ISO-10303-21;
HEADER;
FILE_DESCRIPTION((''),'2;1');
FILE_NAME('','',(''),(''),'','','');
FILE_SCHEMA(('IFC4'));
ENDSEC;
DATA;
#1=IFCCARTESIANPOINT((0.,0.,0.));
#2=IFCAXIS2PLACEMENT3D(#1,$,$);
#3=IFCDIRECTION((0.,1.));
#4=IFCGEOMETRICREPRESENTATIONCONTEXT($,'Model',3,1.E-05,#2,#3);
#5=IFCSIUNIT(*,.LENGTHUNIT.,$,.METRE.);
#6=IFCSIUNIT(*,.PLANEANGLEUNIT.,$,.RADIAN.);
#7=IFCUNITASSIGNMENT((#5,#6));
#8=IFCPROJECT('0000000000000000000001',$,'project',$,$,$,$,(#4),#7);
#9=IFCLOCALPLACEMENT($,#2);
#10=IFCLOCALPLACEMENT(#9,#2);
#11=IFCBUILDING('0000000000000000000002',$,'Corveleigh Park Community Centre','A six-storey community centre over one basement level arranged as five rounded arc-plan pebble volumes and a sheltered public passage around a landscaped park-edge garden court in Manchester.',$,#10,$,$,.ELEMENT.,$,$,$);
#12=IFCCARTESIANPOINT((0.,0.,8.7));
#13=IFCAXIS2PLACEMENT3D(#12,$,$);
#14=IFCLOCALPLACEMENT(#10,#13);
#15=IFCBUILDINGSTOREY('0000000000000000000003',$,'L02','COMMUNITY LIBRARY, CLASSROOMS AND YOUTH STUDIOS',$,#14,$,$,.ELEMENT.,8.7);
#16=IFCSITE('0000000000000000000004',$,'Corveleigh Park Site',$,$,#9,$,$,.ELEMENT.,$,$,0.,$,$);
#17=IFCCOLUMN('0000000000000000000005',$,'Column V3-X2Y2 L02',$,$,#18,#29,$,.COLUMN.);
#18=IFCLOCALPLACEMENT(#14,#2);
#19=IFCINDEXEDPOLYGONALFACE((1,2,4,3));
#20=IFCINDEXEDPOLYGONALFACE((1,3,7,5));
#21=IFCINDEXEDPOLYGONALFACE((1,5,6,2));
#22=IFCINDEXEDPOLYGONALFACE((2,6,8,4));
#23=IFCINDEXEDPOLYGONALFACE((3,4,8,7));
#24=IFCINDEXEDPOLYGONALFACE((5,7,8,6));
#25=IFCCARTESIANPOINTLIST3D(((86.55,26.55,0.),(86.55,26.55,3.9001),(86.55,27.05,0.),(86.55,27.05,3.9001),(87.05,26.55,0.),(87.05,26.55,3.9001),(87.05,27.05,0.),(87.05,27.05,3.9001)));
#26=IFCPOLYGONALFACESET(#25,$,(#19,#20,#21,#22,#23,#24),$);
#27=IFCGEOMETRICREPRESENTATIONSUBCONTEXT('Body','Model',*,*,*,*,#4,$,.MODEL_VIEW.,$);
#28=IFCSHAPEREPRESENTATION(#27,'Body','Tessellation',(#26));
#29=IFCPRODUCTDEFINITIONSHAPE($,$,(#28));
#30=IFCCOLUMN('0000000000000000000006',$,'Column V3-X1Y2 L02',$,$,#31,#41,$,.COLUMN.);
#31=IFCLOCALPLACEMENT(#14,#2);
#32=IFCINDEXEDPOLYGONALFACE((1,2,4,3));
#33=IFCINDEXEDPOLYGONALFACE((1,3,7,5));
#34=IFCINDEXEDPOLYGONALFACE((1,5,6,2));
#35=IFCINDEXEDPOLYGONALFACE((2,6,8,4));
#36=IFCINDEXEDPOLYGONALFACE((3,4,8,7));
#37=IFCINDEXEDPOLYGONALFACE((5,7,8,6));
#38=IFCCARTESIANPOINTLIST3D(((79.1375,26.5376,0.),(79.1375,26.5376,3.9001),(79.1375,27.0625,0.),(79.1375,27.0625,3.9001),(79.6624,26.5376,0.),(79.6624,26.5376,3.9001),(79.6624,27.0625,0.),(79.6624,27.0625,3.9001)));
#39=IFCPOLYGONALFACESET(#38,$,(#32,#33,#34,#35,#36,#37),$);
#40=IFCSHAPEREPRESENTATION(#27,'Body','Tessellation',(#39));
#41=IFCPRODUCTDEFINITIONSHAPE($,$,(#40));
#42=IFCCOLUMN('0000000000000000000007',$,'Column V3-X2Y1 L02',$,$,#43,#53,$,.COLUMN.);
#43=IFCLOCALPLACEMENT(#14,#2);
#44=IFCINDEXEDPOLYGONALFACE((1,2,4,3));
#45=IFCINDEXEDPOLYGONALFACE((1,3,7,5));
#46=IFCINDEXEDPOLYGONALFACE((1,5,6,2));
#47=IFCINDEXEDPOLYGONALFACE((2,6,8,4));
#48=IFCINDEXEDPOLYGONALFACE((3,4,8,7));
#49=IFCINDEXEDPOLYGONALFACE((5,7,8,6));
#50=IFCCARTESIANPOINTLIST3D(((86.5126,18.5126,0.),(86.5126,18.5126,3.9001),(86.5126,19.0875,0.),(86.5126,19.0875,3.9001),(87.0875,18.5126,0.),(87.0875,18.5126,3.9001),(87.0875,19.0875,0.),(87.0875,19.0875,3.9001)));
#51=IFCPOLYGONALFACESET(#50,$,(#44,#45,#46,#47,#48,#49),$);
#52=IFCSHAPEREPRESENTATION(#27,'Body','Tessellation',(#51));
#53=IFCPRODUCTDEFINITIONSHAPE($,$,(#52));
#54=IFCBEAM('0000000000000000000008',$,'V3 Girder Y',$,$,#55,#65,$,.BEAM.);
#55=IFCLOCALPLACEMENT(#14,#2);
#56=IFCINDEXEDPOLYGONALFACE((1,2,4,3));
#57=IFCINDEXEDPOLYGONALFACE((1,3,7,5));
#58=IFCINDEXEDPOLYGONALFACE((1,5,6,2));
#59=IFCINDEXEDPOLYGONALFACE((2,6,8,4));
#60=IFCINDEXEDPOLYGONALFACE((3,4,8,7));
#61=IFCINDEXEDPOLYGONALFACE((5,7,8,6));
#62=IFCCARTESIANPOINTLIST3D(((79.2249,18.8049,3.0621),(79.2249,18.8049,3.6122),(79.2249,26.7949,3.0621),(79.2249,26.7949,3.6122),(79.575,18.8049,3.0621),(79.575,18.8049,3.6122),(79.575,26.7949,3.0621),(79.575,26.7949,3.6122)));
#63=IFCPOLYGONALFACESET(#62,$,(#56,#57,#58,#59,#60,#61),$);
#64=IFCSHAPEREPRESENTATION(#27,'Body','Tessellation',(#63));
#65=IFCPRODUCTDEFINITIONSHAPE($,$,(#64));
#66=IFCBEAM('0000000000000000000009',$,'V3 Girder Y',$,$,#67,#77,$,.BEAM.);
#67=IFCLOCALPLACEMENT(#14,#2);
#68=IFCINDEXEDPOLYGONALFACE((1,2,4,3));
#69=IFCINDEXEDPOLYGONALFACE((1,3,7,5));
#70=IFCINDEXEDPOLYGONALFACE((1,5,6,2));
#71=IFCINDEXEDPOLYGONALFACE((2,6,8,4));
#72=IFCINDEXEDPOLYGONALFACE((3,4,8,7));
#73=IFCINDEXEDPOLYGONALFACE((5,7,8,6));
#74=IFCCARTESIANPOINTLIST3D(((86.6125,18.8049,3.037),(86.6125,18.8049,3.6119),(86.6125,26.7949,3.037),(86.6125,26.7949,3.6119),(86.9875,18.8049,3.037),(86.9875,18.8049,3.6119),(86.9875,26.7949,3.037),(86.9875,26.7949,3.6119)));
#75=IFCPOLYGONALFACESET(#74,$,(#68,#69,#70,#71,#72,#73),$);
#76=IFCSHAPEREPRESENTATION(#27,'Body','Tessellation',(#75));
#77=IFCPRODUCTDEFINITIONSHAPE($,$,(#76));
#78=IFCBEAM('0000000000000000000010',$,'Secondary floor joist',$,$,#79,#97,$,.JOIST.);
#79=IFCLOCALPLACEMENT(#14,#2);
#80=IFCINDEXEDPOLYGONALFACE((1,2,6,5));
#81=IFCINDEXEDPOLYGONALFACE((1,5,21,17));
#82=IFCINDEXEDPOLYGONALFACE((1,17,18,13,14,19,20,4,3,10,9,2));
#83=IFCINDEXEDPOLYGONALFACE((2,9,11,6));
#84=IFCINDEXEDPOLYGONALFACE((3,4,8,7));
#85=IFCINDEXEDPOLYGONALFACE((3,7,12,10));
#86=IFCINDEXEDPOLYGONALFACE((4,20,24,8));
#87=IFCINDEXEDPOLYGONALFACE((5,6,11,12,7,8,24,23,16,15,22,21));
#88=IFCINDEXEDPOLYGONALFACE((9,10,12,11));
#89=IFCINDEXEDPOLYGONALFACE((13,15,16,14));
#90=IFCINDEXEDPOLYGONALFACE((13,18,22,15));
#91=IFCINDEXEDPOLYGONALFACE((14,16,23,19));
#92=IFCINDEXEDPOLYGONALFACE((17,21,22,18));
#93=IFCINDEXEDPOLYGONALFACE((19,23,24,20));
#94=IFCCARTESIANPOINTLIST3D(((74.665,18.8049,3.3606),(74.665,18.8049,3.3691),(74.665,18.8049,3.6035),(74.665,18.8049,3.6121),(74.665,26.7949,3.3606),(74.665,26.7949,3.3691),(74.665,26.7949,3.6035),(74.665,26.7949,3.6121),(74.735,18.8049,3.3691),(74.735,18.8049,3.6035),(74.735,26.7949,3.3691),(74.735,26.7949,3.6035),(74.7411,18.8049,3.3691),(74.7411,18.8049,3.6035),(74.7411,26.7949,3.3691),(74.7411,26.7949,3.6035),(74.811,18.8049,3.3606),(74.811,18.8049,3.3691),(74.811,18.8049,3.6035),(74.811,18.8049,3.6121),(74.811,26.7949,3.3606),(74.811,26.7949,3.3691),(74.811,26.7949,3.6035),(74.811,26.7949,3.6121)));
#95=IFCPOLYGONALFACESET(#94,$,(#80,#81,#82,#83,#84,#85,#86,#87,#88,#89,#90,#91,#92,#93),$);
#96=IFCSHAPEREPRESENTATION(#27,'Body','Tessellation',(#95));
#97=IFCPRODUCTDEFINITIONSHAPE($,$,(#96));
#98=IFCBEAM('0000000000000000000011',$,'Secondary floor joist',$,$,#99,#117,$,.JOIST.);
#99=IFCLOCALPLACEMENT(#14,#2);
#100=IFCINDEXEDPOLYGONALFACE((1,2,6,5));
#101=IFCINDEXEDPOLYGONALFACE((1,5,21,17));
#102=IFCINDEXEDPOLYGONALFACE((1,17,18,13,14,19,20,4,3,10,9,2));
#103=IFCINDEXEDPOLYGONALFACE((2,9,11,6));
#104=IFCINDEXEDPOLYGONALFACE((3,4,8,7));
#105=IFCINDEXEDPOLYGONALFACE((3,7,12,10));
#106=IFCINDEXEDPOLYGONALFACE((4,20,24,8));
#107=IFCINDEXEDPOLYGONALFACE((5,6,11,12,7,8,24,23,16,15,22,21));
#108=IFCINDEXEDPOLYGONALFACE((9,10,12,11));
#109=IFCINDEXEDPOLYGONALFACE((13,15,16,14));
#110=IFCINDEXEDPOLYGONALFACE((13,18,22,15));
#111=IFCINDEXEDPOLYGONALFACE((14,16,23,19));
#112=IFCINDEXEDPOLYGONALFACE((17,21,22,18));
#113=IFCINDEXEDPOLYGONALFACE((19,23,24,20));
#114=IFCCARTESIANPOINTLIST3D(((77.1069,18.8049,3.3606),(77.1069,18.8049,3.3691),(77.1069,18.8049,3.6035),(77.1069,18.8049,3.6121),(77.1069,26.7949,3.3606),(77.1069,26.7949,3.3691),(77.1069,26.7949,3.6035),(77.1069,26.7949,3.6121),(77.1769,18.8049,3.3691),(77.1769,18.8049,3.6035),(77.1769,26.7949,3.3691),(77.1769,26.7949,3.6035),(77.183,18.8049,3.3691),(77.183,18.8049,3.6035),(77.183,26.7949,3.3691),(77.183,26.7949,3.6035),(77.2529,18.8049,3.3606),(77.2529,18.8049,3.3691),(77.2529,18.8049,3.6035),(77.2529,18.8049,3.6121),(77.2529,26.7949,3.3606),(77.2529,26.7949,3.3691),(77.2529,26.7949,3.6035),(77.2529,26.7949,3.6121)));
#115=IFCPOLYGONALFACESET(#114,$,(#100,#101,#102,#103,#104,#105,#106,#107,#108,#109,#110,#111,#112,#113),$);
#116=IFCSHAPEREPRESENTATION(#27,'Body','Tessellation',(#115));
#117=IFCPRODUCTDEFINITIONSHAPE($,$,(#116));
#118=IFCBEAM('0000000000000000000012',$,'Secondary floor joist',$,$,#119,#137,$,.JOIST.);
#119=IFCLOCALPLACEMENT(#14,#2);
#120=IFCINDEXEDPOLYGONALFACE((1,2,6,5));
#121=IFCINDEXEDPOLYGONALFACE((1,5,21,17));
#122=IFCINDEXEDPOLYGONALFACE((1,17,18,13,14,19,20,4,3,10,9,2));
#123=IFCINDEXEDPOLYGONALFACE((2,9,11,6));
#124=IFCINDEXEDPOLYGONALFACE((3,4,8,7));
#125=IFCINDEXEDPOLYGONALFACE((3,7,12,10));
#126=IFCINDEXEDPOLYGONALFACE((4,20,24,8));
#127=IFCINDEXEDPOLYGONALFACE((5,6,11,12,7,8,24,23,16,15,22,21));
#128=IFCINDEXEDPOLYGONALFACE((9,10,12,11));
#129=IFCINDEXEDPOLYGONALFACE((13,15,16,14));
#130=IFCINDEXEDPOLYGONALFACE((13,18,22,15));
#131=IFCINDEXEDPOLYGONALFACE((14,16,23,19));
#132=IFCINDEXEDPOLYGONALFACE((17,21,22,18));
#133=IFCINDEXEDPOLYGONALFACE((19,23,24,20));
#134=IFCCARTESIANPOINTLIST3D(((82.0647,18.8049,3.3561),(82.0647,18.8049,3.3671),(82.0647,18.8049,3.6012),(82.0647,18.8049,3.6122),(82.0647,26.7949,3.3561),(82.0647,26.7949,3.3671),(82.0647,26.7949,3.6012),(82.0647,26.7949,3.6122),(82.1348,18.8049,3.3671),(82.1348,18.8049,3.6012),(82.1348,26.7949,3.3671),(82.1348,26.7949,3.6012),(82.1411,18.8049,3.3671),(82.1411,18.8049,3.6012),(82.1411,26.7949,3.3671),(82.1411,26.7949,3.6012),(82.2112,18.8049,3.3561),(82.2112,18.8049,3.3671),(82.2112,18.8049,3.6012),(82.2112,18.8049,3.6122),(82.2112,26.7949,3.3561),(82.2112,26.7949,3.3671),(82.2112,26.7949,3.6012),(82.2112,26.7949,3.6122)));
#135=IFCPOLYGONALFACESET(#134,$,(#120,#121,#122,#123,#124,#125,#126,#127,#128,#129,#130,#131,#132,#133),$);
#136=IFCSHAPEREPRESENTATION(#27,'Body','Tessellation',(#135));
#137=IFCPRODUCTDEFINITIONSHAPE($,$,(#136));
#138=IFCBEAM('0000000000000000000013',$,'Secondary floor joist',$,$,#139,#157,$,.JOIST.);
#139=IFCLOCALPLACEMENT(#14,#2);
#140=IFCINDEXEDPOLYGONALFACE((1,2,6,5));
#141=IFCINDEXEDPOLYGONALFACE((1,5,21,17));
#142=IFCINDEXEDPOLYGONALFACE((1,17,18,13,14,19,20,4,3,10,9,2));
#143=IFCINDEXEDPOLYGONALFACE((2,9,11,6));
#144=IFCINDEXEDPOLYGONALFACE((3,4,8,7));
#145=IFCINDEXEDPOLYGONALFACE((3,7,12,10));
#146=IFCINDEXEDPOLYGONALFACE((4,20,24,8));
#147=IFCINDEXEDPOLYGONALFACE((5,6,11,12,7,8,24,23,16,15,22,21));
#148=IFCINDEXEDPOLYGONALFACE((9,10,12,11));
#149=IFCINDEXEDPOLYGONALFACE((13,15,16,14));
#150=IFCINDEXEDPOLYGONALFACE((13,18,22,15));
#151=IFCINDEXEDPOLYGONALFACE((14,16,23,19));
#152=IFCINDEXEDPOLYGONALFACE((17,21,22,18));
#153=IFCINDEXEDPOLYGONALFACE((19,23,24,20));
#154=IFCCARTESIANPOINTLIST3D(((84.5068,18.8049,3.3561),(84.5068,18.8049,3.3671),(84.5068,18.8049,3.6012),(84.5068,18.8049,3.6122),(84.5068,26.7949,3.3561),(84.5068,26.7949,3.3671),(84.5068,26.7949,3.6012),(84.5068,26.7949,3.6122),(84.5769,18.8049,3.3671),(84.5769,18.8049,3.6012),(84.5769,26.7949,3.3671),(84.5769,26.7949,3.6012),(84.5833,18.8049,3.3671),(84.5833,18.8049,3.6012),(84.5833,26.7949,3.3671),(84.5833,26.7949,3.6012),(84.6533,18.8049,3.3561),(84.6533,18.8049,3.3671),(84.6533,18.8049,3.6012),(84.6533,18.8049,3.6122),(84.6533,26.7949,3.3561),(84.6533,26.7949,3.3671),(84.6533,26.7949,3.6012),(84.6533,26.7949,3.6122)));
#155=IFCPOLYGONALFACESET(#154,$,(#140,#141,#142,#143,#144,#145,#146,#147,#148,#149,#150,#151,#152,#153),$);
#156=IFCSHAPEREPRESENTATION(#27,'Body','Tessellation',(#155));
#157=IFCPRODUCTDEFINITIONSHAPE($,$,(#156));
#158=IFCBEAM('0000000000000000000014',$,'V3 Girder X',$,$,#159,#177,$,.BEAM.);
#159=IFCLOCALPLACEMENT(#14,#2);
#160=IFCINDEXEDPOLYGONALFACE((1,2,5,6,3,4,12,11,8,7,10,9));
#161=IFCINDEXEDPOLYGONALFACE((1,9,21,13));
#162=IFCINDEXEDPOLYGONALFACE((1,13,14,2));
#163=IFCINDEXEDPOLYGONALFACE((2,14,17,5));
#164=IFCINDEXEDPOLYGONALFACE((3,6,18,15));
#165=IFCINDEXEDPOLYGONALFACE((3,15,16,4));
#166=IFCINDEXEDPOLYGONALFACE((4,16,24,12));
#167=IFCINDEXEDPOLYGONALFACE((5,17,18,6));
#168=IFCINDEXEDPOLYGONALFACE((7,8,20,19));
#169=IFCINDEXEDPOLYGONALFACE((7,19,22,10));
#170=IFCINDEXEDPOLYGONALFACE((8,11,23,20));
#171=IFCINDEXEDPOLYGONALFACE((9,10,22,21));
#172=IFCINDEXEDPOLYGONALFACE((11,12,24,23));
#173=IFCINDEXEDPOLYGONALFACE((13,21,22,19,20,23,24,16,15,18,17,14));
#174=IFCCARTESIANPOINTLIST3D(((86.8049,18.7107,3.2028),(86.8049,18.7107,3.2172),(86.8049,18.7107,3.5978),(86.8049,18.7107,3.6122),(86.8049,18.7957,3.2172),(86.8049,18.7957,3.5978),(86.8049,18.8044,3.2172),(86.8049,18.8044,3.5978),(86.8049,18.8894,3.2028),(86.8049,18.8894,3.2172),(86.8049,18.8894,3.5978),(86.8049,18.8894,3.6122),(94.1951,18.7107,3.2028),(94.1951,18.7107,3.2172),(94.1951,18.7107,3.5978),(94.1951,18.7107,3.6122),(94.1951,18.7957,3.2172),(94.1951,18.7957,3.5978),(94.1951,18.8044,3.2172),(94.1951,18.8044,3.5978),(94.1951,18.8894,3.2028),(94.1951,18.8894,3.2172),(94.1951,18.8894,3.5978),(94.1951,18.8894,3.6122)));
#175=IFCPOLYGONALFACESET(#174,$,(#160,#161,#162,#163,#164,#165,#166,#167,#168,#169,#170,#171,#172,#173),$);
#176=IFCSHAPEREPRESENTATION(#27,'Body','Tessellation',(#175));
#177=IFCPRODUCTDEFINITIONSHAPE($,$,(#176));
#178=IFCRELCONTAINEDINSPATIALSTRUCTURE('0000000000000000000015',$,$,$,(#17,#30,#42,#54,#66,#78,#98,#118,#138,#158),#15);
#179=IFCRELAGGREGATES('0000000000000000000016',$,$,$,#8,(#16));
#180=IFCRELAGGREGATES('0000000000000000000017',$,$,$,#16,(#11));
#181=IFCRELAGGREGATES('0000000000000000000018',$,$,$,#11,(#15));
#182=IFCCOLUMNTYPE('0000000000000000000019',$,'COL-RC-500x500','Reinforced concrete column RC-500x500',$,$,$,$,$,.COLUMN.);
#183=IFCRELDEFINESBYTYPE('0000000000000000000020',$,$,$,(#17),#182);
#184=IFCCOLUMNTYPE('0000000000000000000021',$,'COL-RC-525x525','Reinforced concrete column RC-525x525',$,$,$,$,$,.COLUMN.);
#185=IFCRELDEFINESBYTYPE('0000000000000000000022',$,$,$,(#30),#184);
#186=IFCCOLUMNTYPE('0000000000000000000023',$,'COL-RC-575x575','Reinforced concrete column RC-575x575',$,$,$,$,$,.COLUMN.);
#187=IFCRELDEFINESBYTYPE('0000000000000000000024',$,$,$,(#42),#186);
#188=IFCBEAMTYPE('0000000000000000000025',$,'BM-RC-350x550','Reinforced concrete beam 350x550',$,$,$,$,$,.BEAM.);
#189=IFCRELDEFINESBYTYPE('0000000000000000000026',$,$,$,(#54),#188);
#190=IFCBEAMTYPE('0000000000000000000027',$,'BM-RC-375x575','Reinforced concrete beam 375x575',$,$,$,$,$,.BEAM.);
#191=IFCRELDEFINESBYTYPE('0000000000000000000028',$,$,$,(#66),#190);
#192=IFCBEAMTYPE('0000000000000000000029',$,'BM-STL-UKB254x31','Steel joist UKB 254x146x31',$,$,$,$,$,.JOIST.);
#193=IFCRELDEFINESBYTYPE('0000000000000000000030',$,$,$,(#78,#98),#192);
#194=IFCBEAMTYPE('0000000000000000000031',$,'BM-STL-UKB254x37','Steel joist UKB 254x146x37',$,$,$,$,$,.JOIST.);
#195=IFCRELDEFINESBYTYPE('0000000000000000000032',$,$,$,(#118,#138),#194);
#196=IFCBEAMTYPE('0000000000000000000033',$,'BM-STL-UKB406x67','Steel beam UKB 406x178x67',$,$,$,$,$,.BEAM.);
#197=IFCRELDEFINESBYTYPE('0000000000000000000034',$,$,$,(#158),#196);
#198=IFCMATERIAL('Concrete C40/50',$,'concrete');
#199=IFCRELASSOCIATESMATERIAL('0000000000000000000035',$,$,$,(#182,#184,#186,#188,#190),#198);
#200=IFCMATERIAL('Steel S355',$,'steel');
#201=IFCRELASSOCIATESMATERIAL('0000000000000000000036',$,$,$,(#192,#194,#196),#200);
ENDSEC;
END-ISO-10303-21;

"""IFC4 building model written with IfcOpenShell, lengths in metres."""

from ifc_helpers import new_model, si_unit, direction, frame, origin, origin_2d, place, context, subcontext, project, spatial, rectangle, i_section, extrude, material, material_profile, profile_set, type_object, element, save


model = new_model("IFC4")

# Units and contexts
model_context = context("Model", 3, precision=1e-05, world=origin(), true_north=direction((0.0, 1.0)))
body_context = subcontext(model_context, "Body", "Model", "MODEL_VIEW")
ifc_project = project(units=[si_unit("LENGTHUNIT", "METRE"), si_unit("PLANEANGLEUNIT", "RADIAN")], contexts=[model_context])

# Site, building, storey
site_placement = place(None, origin())
site = spatial("IfcSite", under=ifc_project, at=site_placement, Name="Corveleigh Park Site", CompositionType="ELEMENT", RefElevation=0.0)
building_placement = place(site_placement, origin())
building = spatial("IfcBuilding", under=site, at=building_placement, Name="Corveleigh Park Community Centre", Description="A six-storey community centre over one basement level arranged as five rounded arc-plan pebble volumes and a sheltered public passage around a landscaped park-edge garden court in Manchester.", CompositionType="ELEMENT")
storey_placement = place(building_placement, frame((0.0, 0.0, 8.7)))
storey = spatial("IfcBuildingStorey", under=building, at=storey_placement, Name="L02", Description="COMMUNITY LIBRARY, CLASSROOMS AND YOUTH STUDIOS", CompositionType="ELEMENT", Elevation=8.7)

# Columns
ifc_material_1 = material(Name="Concrete C40/50", Category="concrete")
ifc_material_profile_1 = material_profile(ifc_material_1, rectangle(XDim=0.5, YDim=0.5, at=origin_2d()), Name="RC-500x500", Category="concrete")
ifc_profile_set_1 = profile_set([ifc_material_profile_1], Name="Concrete C40/50")
column_type_1 = type_object("IfcColumnType", Name="COL-RC-500x500", Description="Reinforced concrete column RC-500x500", PredefinedType="COLUMN", material=ifc_profile_set_1)
column_1_placement = place(storey_placement, frame((86.8, 26.8, 0.0), z_axis=(0.0, 0.0, 1.0), x_axis=(1.0, 0.0, 0.0)))
element("IfcColumn", 1, at=column_1_placement, inside=storey, type_object=column_type_1, Name="Column V3-X2Y2 L02", PredefinedType="COLUMN", context=body_context, shape_type="SweptSolid", body=[
    extrude(rectangle(XDim=0.5, YDim=0.5, at=origin_2d()), origin(), (0.0, 0.0, 1.0), 3.9001),
])
ifc_material_profile_2 = material_profile(ifc_material_1, rectangle(XDim=0.5249, YDim=0.5249, at=origin_2d()), Name="RC-525x525", Category="concrete")
ifc_profile_set_2 = profile_set([ifc_material_profile_2], Name="Concrete C40/50")
column_type_2 = type_object("IfcColumnType", Name="COL-RC-525x525", Description="Reinforced concrete column RC-525x525", PredefinedType="COLUMN", material=ifc_profile_set_2)
column_2_placement = place(storey_placement, frame((79.3999, 26.8, 0.0), z_axis=(0.0, 0.0, 1.0), x_axis=(1.0, 0.0, 0.0)))
element("IfcColumn", 2, at=column_2_placement, inside=storey, type_object=column_type_2, Name="Column V3-X1Y2 L02", PredefinedType="COLUMN", context=body_context, shape_type="SweptSolid", body=[
    extrude(rectangle(XDim=0.5249, YDim=0.5249, at=origin_2d()), origin(), (0.0, 0.0, 1.0), 3.9001),
])
ifc_material_profile_3 = material_profile(ifc_material_1, rectangle(XDim=0.575, YDim=0.575, at=origin_2d()), Name="RC-575x575", Category="concrete")
ifc_profile_set_3 = profile_set([ifc_material_profile_3], Name="Concrete C40/50")
column_type_3 = type_object("IfcColumnType", Name="COL-RC-575x575", Description="Reinforced concrete column RC-575x575", PredefinedType="COLUMN", material=ifc_profile_set_3)
column_3_placement = place(storey_placement, frame((86.8, 18.8, 0.0), z_axis=(0.0, 0.0, 1.0), x_axis=(1.0, 0.0, 0.0)))
element("IfcColumn", 3, at=column_3_placement, inside=storey, type_object=column_type_3, Name="Column V3-X2Y1 L02", PredefinedType="COLUMN", context=body_context, shape_type="SweptSolid", body=[
    extrude(rectangle(XDim=0.575, YDim=0.575, at=origin_2d()), origin(), (0.0, 0.0, 1.0), 3.9001),
])

# Beams
ifc_material_profile_4 = material_profile(ifc_material_1, rectangle(XDim=0.3501, YDim=0.55, at=origin_2d()), Name="RC-350x550", Category="concrete")
ifc_profile_set_4 = profile_set([ifc_material_profile_4], Name="Concrete C40/50")
beam_type_1 = type_object("IfcBeamType", Name="BM-RC-350x550", Description="Reinforced concrete beam 350x550", PredefinedType="BEAM", material=ifc_profile_set_4)
beam_1_placement = place(storey_placement, frame((79.3999, 18.8049, 3.3372), z_axis=(0.0, 1.0, 0.0), x_axis=(-1.0, 0.0, 0.0)))
element("IfcBeam", 4, at=beam_1_placement, inside=storey, type_object=beam_type_1, Name="V3 Girder Y", PredefinedType="BEAM", context=body_context, shape_type="SweptSolid", body=[
    extrude(rectangle(XDim=0.3501, YDim=0.55, at=origin_2d()), origin(), (0.0, 0.0, 1.0), 7.99),
])
ifc_material_profile_5 = material_profile(ifc_material_1, rectangle(XDim=0.375, YDim=0.575, at=origin_2d()), Name="RC-375x575", Category="concrete")
ifc_profile_set_5 = profile_set([ifc_material_profile_5], Name="Concrete C40/50")
beam_type_2 = type_object("IfcBeamType", Name="BM-RC-375x575", Description="Reinforced concrete beam 375x575", PredefinedType="BEAM", material=ifc_profile_set_5)
beam_2_placement = place(storey_placement, frame((86.8, 18.8049, 3.3245), z_axis=(0.0, 1.0, 0.0), x_axis=(-1.0, 0.0, 0.0)))
element("IfcBeam", 5, at=beam_2_placement, inside=storey, type_object=beam_type_2, Name="V3 Girder Y", PredefinedType="BEAM", context=body_context, shape_type="SweptSolid", body=[
    extrude(rectangle(XDim=0.375, YDim=0.575, at=origin_2d()), origin(), (0.0, 0.0, 1.0), 7.99),
])
ifc_material_2 = material(Name="Steel S355", Category="steel")
ifc_material_profile_6 = material_profile(ifc_material_2, i_section(OverallWidth=0.146, OverallDepth=0.2515, WebThickness=0.0061, FlangeThickness=0.0085, at=origin_2d()), Name="UKB 254x146x31", Category="steel")
ifc_profile_set_6 = profile_set([ifc_material_profile_6], Name="Steel S355")
beam_type_3 = type_object("IfcBeamType", Name="BM-STL-UKB254x31", Description="Steel joist UKB 254x146x31", PredefinedType="JOIST", material=ifc_profile_set_6)
for number, where, z_axis, x_axis, name in (
    (6, (74.738, 18.8049, 3.4863), (0.0, 1.0, 0.0), (-1.0, 0.0, 0.0), "Secondary floor joist"),
    (7, (77.1799, 18.8049, 3.4863), (0.0, 1.0, 0.0), (-1.0, 0.0, 0.0), "Secondary floor joist"),
):
    element("IfcBeam", number, at=place(storey_placement, frame(where, z_axis=z_axis, x_axis=x_axis)), inside=storey, type_object=beam_type_3, Name=name, PredefinedType="JOIST", context=body_context, shape_type="SweptSolid", body=[
        extrude(i_section(OverallWidth=0.146, OverallDepth=0.2515, WebThickness=0.0061, FlangeThickness=0.0085, at=origin_2d()), origin(), (0.0, 0.0, 1.0), 7.99),
    ])
ifc_material_profile_7 = material_profile(ifc_material_2, i_section(OverallWidth=0.1465, OverallDepth=0.2561, WebThickness=0.0063, FlangeThickness=0.011, at=origin_2d()), Name="UKB 254x146x37", Category="steel")
ifc_profile_set_7 = profile_set([ifc_material_profile_7], Name="Steel S355")
beam_type_4 = type_object("IfcBeamType", Name="BM-STL-UKB254x37", Description="Steel joist UKB 254x146x37", PredefinedType="JOIST", material=ifc_profile_set_7)
for number, where, z_axis, x_axis, name in (
    (8, (82.1379, 18.8049, 3.4841), (0.0, 1.0, 0.0), (-1.0, 0.0, 0.0), "Secondary floor joist"),
    (9, (84.5801, 18.8049, 3.4841), (0.0, 1.0, 0.0), (-1.0, 0.0, 0.0), "Secondary floor joist"),
):
    element("IfcBeam", number, at=place(storey_placement, frame(where, z_axis=z_axis, x_axis=x_axis)), inside=storey, type_object=beam_type_4, Name=name, PredefinedType="JOIST", context=body_context, shape_type="SweptSolid", body=[
        extrude(i_section(OverallWidth=0.1465, OverallDepth=0.2561, WebThickness=0.0063, FlangeThickness=0.011, at=origin_2d()), origin(), (0.0, 0.0, 1.0), 7.99),
    ])
ifc_material_profile_8 = material_profile(ifc_material_2, i_section(OverallWidth=0.1787, OverallDepth=0.4094, WebThickness=0.0088, FlangeThickness=0.0144, at=origin_2d()), Name="UKB 406x178x67", Category="steel")
ifc_profile_set_8 = profile_set([ifc_material_profile_8], Name="Steel S355")
beam_type_5 = type_object("IfcBeamType", Name="BM-STL-UKB406x67", Description="Steel beam UKB 406x178x67", PredefinedType="BEAM", material=ifc_profile_set_8)
beam_3_placement = place(storey_placement, frame((86.8049, 18.8, 3.4075), z_axis=(1.0, 0.0, 0.0), x_axis=(0.0, 1.0, 0.0)))
element("IfcBeam", 10, at=beam_3_placement, inside=storey, type_object=beam_type_5, Name="V3 Girder X", PredefinedType="BEAM", context=body_context, shape_type="SweptSolid", body=[
    extrude(i_section(OverallWidth=0.1787, OverallDepth=0.4094, WebThickness=0.0088, FlangeThickness=0.0144, at=origin_2d()), origin(), (0.0, 0.0, 1.0), 7.3901),
])

save(model, "model.ifc")
